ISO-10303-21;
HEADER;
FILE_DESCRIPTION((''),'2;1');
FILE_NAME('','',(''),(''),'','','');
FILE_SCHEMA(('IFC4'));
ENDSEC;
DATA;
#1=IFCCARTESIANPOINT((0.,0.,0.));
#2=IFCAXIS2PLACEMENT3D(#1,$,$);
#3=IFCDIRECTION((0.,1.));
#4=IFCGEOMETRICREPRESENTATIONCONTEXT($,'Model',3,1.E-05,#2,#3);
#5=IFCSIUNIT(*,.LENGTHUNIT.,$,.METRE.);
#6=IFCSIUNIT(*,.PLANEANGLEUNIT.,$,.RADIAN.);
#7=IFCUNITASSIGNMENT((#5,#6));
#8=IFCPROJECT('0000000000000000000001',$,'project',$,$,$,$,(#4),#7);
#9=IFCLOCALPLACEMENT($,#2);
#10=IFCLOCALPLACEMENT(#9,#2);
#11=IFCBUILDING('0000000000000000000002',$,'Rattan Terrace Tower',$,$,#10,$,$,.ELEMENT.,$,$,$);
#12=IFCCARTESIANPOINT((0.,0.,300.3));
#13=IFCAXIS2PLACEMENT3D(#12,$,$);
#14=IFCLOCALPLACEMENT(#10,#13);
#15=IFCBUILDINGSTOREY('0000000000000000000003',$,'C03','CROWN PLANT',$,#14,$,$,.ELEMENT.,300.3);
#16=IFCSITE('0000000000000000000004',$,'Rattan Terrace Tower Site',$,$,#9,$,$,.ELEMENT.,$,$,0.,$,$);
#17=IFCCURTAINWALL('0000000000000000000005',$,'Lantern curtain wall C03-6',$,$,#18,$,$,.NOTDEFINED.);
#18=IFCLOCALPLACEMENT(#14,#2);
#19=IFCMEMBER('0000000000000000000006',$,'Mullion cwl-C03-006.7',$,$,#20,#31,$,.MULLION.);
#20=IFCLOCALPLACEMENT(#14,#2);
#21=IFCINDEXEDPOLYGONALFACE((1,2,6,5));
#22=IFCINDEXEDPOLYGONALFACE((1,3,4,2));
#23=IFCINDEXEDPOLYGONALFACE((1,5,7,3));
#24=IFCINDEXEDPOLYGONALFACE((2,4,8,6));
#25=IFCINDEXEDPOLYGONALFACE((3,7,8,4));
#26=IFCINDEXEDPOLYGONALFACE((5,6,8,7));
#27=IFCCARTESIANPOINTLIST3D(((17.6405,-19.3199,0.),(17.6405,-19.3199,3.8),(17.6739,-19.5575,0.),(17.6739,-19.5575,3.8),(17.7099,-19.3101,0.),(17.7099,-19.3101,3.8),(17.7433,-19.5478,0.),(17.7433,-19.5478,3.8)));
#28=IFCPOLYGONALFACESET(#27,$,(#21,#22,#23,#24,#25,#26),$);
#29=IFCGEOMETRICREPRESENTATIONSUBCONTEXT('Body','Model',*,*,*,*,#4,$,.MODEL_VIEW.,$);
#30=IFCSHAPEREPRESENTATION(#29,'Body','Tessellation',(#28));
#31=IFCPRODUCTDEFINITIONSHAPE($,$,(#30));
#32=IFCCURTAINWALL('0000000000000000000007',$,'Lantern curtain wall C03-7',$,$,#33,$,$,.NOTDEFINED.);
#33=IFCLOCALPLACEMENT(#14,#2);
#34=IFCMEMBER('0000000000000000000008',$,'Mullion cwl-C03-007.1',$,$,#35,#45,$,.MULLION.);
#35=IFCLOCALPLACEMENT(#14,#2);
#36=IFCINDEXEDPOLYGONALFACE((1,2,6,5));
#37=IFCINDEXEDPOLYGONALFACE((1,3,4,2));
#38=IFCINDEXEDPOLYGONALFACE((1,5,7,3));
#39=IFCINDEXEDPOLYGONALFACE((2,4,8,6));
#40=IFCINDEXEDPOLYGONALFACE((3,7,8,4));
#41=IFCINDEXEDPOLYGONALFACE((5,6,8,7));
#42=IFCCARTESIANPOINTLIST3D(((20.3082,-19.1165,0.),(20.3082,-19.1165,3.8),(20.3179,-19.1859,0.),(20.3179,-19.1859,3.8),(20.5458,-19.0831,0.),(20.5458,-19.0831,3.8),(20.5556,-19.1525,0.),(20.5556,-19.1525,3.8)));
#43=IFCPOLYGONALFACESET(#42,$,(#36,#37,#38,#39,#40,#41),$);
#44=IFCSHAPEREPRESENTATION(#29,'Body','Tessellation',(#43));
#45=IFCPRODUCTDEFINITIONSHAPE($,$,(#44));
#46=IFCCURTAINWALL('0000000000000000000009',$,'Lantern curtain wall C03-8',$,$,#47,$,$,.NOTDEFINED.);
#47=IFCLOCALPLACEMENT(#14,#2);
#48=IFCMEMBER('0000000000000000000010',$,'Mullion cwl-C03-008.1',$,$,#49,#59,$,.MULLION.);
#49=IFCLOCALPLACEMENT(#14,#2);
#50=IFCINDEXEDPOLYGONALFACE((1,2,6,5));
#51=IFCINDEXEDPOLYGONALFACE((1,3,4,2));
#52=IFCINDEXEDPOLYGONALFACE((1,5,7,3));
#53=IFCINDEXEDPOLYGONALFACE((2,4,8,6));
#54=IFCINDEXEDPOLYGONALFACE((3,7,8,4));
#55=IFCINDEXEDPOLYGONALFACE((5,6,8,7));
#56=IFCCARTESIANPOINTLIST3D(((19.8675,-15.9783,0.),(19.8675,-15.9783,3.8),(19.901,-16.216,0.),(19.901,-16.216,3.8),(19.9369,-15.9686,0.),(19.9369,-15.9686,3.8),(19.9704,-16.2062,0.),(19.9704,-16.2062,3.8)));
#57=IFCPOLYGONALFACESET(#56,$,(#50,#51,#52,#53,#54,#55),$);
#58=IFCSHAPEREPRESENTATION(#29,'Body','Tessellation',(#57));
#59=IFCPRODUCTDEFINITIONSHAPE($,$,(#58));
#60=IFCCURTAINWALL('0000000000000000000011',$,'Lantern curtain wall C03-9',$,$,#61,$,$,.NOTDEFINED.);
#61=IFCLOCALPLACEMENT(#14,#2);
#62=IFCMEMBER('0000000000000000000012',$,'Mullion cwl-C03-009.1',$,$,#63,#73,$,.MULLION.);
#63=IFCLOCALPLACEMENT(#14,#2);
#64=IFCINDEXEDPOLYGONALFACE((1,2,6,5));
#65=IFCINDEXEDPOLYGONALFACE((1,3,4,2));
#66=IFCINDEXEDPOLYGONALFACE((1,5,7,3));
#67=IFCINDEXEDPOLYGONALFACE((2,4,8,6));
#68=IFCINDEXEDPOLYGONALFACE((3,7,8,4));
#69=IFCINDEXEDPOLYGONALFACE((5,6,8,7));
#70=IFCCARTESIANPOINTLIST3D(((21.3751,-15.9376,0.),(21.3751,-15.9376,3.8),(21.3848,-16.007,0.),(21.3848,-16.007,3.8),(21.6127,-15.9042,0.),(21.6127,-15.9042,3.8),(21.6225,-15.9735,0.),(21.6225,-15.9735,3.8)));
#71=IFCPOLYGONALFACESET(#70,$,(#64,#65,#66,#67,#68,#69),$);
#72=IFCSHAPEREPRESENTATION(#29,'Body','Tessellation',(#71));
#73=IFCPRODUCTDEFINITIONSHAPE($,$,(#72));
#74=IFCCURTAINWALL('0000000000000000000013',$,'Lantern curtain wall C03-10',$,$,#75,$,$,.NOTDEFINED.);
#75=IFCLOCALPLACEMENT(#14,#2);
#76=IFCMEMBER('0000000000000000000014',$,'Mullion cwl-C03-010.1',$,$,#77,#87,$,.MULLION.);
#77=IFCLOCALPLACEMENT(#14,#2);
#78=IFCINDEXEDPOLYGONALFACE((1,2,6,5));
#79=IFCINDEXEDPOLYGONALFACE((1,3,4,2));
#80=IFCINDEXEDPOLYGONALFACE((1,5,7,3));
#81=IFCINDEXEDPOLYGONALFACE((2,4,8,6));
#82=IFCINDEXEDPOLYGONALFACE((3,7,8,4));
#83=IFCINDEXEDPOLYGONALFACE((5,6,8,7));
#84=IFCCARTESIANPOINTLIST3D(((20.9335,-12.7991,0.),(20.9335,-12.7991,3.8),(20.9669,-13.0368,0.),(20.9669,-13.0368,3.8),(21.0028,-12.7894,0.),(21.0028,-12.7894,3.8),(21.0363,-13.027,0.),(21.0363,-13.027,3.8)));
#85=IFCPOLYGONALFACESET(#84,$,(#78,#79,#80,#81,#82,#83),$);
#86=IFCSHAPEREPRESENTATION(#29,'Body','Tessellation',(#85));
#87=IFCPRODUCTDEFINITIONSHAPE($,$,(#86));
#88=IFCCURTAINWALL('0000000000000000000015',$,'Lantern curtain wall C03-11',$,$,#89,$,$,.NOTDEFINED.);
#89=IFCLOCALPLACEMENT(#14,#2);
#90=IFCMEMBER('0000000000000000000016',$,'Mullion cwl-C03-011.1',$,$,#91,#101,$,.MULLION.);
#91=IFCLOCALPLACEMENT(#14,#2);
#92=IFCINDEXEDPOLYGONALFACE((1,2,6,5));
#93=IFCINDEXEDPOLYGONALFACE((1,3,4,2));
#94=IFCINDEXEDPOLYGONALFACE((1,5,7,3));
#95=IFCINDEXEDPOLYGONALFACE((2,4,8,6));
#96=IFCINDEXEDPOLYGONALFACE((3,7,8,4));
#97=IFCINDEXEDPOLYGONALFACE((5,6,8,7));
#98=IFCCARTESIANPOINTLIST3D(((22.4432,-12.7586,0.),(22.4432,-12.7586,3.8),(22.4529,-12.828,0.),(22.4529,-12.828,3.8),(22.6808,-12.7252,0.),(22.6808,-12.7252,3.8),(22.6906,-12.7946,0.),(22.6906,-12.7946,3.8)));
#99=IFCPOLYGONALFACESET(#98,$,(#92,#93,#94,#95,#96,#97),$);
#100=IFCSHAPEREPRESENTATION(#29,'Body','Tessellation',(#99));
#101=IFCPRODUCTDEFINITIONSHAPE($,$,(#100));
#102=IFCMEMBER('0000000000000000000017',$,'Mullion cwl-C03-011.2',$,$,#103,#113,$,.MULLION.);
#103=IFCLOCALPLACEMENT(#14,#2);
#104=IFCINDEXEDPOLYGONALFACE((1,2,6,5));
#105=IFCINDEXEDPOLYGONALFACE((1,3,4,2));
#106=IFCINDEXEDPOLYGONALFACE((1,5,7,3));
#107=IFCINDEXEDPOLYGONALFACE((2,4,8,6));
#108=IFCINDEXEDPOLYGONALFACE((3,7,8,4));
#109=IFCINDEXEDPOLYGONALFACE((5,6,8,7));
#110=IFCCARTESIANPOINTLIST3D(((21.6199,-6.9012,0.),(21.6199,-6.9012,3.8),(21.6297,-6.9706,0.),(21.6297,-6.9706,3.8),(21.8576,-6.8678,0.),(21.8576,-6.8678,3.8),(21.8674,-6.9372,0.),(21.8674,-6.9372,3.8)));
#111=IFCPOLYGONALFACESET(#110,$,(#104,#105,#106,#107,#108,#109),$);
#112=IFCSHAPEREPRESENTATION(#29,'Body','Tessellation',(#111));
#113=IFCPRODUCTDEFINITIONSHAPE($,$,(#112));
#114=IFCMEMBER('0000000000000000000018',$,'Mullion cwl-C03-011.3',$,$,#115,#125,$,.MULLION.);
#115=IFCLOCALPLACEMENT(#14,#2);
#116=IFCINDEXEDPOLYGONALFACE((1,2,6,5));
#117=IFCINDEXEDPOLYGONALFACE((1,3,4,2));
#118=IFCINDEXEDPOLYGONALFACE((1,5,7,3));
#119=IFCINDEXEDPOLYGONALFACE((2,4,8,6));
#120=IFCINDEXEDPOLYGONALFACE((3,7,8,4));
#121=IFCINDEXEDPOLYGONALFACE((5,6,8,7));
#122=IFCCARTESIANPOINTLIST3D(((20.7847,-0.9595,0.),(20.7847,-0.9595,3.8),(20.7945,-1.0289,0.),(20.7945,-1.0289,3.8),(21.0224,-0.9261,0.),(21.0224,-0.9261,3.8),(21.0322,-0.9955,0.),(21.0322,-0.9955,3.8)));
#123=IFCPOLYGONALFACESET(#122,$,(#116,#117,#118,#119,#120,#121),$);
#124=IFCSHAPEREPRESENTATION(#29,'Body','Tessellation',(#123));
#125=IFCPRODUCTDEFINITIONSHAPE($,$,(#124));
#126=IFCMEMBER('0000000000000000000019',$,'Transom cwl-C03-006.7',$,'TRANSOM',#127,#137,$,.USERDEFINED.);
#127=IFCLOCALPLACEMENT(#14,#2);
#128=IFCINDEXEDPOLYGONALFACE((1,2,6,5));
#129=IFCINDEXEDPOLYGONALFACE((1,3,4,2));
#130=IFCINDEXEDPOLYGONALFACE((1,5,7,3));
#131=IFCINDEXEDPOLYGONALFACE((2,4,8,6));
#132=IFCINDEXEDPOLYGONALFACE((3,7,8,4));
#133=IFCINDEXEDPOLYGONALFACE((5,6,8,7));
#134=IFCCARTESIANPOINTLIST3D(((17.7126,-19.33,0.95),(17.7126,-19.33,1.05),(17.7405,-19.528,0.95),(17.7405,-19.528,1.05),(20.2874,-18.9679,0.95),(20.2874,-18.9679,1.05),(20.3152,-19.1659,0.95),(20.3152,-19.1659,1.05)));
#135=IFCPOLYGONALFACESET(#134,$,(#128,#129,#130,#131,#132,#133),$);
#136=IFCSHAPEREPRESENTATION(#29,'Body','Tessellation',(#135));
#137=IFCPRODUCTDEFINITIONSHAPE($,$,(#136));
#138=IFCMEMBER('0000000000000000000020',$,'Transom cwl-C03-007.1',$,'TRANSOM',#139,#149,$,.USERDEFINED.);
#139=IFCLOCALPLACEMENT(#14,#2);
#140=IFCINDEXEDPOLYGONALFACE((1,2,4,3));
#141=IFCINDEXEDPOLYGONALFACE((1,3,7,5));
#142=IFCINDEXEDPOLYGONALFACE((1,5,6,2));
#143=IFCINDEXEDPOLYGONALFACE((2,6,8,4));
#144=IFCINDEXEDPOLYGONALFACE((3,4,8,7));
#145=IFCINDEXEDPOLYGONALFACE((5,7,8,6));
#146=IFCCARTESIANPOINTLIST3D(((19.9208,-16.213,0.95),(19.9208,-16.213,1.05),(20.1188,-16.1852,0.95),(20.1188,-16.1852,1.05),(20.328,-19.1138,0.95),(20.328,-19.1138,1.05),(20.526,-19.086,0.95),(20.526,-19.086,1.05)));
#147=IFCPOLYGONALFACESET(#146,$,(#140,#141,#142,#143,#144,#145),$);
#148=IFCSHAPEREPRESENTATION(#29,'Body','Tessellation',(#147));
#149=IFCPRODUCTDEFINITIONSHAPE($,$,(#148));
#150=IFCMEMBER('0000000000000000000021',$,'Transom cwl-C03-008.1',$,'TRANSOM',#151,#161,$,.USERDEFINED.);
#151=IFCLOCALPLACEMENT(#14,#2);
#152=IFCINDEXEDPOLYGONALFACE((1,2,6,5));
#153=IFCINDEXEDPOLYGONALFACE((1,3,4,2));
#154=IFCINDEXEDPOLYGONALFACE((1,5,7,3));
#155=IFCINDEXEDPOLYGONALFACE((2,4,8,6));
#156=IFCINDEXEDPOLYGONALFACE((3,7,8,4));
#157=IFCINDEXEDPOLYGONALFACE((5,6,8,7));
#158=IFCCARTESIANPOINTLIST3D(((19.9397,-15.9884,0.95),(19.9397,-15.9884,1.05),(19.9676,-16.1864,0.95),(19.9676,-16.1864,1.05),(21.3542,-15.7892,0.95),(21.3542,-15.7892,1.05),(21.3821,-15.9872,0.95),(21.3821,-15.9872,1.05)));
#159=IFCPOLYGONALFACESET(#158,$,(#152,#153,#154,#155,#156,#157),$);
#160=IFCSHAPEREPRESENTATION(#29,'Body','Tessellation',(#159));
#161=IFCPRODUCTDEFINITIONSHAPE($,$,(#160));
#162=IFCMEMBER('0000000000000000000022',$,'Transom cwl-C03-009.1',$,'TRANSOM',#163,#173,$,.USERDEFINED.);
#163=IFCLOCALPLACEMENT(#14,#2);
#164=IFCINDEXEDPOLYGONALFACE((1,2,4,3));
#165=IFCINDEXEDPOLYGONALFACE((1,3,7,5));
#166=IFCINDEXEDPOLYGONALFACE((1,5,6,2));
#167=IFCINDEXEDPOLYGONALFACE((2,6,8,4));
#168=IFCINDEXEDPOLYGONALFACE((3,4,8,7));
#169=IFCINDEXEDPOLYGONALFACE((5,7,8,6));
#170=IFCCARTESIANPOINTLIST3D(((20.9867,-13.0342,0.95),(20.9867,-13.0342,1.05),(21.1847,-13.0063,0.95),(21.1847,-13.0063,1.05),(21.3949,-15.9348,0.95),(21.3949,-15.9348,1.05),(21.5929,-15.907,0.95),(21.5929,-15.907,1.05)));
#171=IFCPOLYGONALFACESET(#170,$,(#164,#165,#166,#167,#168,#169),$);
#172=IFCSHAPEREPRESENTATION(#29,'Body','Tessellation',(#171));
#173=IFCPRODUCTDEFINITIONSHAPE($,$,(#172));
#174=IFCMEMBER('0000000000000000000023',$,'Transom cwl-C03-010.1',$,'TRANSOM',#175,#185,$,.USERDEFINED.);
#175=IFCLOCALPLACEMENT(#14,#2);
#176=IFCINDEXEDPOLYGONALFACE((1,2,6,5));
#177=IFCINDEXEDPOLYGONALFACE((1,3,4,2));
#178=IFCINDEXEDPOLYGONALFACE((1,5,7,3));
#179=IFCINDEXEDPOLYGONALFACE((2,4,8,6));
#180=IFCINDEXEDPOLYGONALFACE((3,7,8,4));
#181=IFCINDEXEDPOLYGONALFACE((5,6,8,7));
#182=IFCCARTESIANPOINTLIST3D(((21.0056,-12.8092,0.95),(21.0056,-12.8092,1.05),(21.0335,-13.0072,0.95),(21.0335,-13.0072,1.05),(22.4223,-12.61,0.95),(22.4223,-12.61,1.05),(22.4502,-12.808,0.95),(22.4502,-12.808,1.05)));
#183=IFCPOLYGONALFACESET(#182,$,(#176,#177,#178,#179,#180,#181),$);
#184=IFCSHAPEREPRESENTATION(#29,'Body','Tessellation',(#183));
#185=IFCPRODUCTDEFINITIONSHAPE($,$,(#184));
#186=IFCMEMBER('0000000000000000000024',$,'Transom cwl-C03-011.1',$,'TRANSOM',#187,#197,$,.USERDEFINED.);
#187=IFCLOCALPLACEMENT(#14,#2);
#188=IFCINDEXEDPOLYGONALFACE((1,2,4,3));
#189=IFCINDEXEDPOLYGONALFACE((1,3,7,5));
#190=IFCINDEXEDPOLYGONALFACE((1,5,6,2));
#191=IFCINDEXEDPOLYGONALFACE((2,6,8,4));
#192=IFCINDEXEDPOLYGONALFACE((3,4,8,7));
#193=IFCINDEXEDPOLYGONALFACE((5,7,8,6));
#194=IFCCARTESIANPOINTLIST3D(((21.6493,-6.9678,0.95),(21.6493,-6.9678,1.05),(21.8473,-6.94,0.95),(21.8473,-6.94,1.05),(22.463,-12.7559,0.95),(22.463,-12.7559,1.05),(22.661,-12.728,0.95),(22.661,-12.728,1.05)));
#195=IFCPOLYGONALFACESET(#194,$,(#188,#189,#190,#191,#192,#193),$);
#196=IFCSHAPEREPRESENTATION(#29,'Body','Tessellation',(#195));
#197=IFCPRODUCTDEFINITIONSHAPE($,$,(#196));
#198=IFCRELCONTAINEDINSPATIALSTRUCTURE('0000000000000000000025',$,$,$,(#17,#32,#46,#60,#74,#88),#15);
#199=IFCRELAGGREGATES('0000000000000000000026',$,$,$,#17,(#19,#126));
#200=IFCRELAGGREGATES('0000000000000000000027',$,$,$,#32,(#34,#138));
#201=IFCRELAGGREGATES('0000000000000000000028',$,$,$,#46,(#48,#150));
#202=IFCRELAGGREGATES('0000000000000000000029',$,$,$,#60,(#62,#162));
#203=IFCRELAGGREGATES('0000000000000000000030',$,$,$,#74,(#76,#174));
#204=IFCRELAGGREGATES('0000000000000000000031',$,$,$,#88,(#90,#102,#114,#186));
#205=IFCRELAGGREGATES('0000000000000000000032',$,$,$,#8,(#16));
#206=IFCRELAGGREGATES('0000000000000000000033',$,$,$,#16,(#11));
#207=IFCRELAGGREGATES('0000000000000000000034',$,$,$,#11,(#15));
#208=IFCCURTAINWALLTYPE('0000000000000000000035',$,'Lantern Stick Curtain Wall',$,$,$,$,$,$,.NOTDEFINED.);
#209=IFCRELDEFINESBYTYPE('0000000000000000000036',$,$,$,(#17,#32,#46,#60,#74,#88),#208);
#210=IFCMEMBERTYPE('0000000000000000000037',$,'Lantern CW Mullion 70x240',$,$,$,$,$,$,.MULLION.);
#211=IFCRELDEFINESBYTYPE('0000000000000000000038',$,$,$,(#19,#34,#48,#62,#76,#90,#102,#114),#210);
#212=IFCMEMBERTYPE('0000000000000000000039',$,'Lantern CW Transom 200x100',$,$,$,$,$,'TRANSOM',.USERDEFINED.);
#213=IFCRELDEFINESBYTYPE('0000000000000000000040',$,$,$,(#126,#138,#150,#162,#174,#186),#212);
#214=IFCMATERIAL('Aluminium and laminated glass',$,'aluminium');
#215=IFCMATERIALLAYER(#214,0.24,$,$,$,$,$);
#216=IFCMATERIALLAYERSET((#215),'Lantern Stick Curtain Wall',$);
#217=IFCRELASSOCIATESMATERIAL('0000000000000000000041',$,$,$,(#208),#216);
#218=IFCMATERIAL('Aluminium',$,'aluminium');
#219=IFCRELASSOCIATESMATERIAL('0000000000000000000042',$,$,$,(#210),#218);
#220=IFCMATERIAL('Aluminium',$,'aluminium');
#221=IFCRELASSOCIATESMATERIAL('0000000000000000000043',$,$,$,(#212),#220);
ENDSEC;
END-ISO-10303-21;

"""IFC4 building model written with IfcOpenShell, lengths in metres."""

from ifc_helpers import new_model, si_unit, direction, frame, origin, origin_2d, place, context, subcontext, project, spatial, rectangle, extrude, material, layer, layer_set, material_profile, profile_set, type_object, element, aggregate, save


model = new_model("IFC4")

# Units and contexts
model_context = context("Model", 3, precision=1e-05, world=origin(), true_north=direction((0.0, 1.0)))
body_context = subcontext(model_context, "Body", "Model", "MODEL_VIEW")
ifc_project = project(units=[si_unit("LENGTHUNIT", "METRE"), si_unit("PLANEANGLEUNIT", "RADIAN")], contexts=[model_context])

# Site, building, storey
site_placement = place(None, origin())
site = spatial("IfcSite", under=ifc_project, at=site_placement, Name="Rattan Terrace Tower Site", CompositionType="ELEMENT", RefElevation=0.0)
building_placement = place(site_placement, origin())
building = spatial("IfcBuilding", under=site, at=building_placement, Name="Rattan Terrace Tower", CompositionType="ELEMENT")
storey_placement = place(building_placement, frame((0.0, 0.0, 300.3)))
storey = spatial("IfcBuildingStorey", under=building, at=storey_placement, Name="C03", Description="CROWN PLANT", CompositionType="ELEMENT", Elevation=300.3)

# Curtain walls, members
ifc_material_1 = material(Name="Aluminium and laminated glass", Category="aluminium")
ifc_layer_1 = layer(ifc_material_1, 0.24)
ifc_layer_set_1 = layer_set([ifc_layer_1], Name="Lantern Stick Curtain Wall")
curtain_wall_type = type_object("IfcCurtainWallType", Name="Lantern Stick Curtain Wall", PredefinedType="NOTDEFINED", material=ifc_layer_set_1)
curtain_wall_1_placement = place(storey_placement, origin())
curtain_wall_1 = element("IfcCurtainWall", 1, at=curtain_wall_1_placement, inside=storey, type_object=curtain_wall_type, Name="Lantern curtain wall C03-6", PredefinedType="NOTDEFINED")
ifc_material_2 = material(Name="Aluminium", Category="aluminium")
ifc_material_profile_1 = material_profile(ifc_material_2, rectangle(XDim=0.0701, YDim=0.24, at=origin_2d()), Name="Aluminium 70x240")
ifc_profile_set_1 = profile_set([ifc_material_profile_1], Name="Aluminium")
member_type_1 = type_object("IfcMemberType", Name="Lantern CW Mullion 70x240", PredefinedType="MULLION", material=ifc_profile_set_1)
member_1_placement = place(storey_placement, frame((17.6919, -19.4338, 0.0), z_axis=(0.0, 0.0, 1.0), x_axis=(0.990267, 0.139181, 0.0)))
member_1 = element("IfcMember", 2, at=member_1_placement, type_object=member_type_1, Name="Mullion cwl-C03-006.7", PredefinedType="MULLION", context=body_context, shape_type="SweptSolid", body=[
    extrude(rectangle(XDim=0.0701, YDim=0.24, at=origin_2d()), origin(), (0.0, 0.0, 1.0), 3.8),
])
curtain_wall_2_placement = place(storey_placement, origin())
curtain_wall_2 = element("IfcCurtainWall", 3, at=curtain_wall_2_placement, inside=storey, type_object=curtain_wall_type, Name="Lantern curtain wall C03-7", PredefinedType="NOTDEFINED")
member_2_placement = place(storey_placement, frame((20.4319, -19.1345, 0.0), z_axis=(0.0, 0.0, 1.0), x_axis=(-0.13904, 0.990287, 0.0)))
member_2 = element("IfcMember", 4, at=member_2_placement, type_object=member_type_1, Name="Mullion cwl-C03-007.1", PredefinedType="MULLION", context=body_context, shape_type="SweptSolid", body=[
    extrude(rectangle(XDim=0.0701, YDim=0.24, at=origin_2d()), origin(), (0.0, 0.0, 1.0), 3.8),
])
curtain_wall_3_placement = place(storey_placement, origin())
curtain_wall_3 = element("IfcCurtainWall", 5, at=curtain_wall_3_placement, inside=storey, type_object=curtain_wall_type, Name="Lantern curtain wall C03-8", PredefinedType="NOTDEFINED")
member_3_placement = place(storey_placement, frame((19.9189, -16.0923, 0.0), z_axis=(0.0, 0.0, 1.0), x_axis=(0.990228, 0.139459, 0.0)))
member_3 = element("IfcMember", 6, at=member_3_placement, type_object=member_type_1, Name="Mullion cwl-C03-008.1", PredefinedType="MULLION", context=body_context, shape_type="SweptSolid", body=[
    extrude(rectangle(XDim=0.0701, YDim=0.24, at=origin_2d()), origin(), (0.0, 0.0, 1.0), 3.8),
])
curtain_wall_4_placement = place(storey_placement, origin())
curtain_wall_4 = element("IfcCurtainWall", 7, at=curtain_wall_4_placement, inside=storey, type_object=curtain_wall_type, Name="Lantern curtain wall C03-9", PredefinedType="NOTDEFINED")
member_4_placement = place(storey_placement, frame((21.4988, -15.9556, 0.0), z_axis=(0.0, 0.0, 1.0), x_axis=(-0.139367, 0.990241, 0.0)))
member_4 = element("IfcMember", 8, at=member_4_placement, type_object=member_type_1, Name="Mullion cwl-C03-009.1", PredefinedType="MULLION", context=body_context, shape_type="SweptSolid", body=[
    extrude(rectangle(XDim=0.0701, YDim=0.24, at=origin_2d()), origin(), (0.0, 0.0, 1.0), 3.8),
])
curtain_wall_5_placement = place(storey_placement, origin())
curtain_wall_5 = element("IfcCurtainWall", 9, at=curtain_wall_5_placement, inside=storey, type_object=curtain_wall_type, Name="Lantern curtain wall C03-10", PredefinedType="NOTDEFINED")
member_5_placement = place(storey_placement, frame((20.9849, -12.9131, 0.0), z_axis=(0.0, 0.0, 1.0), x_axis=(0.990254, 0.139275, 0.0)))
member_5 = element("IfcMember", 10, at=member_5_placement, type_object=member_type_1, Name="Mullion cwl-C03-010.1", PredefinedType="MULLION", context=body_context, shape_type="SweptSolid", body=[
    extrude(rectangle(XDim=0.0701, YDim=0.24, at=origin_2d()), origin(), (0.0, 0.0, 1.0), 3.8),
])

# Curtain wall, members
curtain_wall_6_placement = place(storey_placement, origin())
curtain_wall_6 = element("IfcCurtainWall", 11, at=curtain_wall_6_placement, inside=storey, type_object=curtain_wall_type, Name="Lantern curtain wall C03-11", PredefinedType="NOTDEFINED")
member_6_placement = place(storey_placement, frame((22.5669, -12.7766, 0.0), z_axis=(0.0, 0.0, 1.0), x_axis=(-0.139188, 0.990266, 0.0)))
member_6 = element("IfcMember", 12, at=member_6_placement, type_object=member_type_1, Name="Mullion cwl-C03-011.1", PredefinedType="MULLION", context=body_context, shape_type="SweptSolid", body=[
    extrude(rectangle(XDim=0.0701, YDim=0.24, at=origin_2d()), origin(), (0.0, 0.0, 1.0), 3.8),
])
member_7_placement = place(storey_placement, frame((21.7437, -6.9192, 0.0), z_axis=(0.0, 0.0, 1.0), x_axis=(-0.139188, 0.990266, 0.0)))
member_7 = element("IfcMember", 13, at=member_7_placement, type_object=member_type_1, Name="Mullion cwl-C03-011.2", PredefinedType="MULLION", context=body_context, shape_type="SweptSolid", body=[
    extrude(rectangle(XDim=0.0701, YDim=0.24, at=origin_2d()), origin(), (0.0, 0.0, 1.0), 3.8),
])
member_8_placement = place(storey_placement, frame((20.9084, -0.9775, 0.0), z_axis=(0.0, 0.0, 1.0), x_axis=(-0.139188, 0.990266, 0.0)))
member_8 = element("IfcMember", 14, at=member_8_placement, type_object=member_type_1, Name="Mullion cwl-C03-011.3", PredefinedType="MULLION", context=body_context, shape_type="SweptSolid", body=[
    extrude(rectangle(XDim=0.0701, YDim=0.24, at=origin_2d()), origin(), (0.0, 0.0, 1.0), 3.8),
])

# Members
ifc_material_3 = material(Name="Aluminium", Category="aluminium")
ifc_material_profile_2 = material_profile(ifc_material_3, rectangle(XDim=0.2, YDim=0.1001, at=origin_2d()), Name="Aluminium 200x100")
ifc_profile_set_2 = profile_set([ifc_material_profile_2], Name="Aluminium")
member_type_2 = type_object("IfcMemberType", Name="Lantern CW Transom 200x100", ElementType="TRANSOM", PredefinedType="USERDEFINED", material=ifc_profile_set_2)
member_9_placement = place(storey_placement, frame((17.7266, -19.429, 1.0), z_axis=(0.990257, 0.139252, 0.0), x_axis=(-0.139252, 0.990257, 0.0)))
member_9 = element("IfcMember", 15, at=member_9_placement, type_object=member_type_2, Name="Transom cwl-C03-006.7", ObjectType="TRANSOM", PredefinedType="USERDEFINED", context=body_context, shape_type="SweptSolid", body=[
    extrude(rectangle(XDim=0.2, YDim=0.1001, at=origin_2d()), origin(), (0.0, 0.0, 1.0), 2.6001),
])
member_10_placement = place(storey_placement, frame((20.427, -19.0999, 1.0), z_axis=(-0.139029, 0.990288, 0.0), x_axis=(-0.990288, -0.139029, 0.0)))
member_10 = element("IfcMember", 16, at=member_10_placement, type_object=member_type_2, Name="Transom cwl-C03-007.1", ObjectType="TRANSOM", PredefinedType="USERDEFINED", context=body_context, shape_type="SweptSolid", body=[
    extrude(rectangle(XDim=0.2, YDim=0.1001, at=origin_2d()), origin(), (0.0, 0.0, 1.0), 2.9292),
])
member_11_placement = place(storey_placement, frame((19.9536, -16.0874, 1.0), z_axis=(0.990228, 0.139459, 0.0), x_axis=(-0.139459, 0.990228, 0.0)))
member_11 = element("IfcMember", 17, at=member_11_placement, type_object=member_type_2, Name="Transom cwl-C03-008.1", ObjectType="TRANSOM", PredefinedType="USERDEFINED", context=body_context, shape_type="SweptSolid", body=[
    extrude(rectangle(XDim=0.2, YDim=0.1001, at=origin_2d()), origin(), (0.0, 0.0, 1.0), 1.4285),
])
member_12_placement = place(storey_placement, frame((21.4939, -15.9209, 1.0), z_axis=(-0.139356, 0.990242, 0.0), x_axis=(-0.990242, -0.139356, 0.0)))
member_12 = element("IfcMember", 18, at=member_12_placement, type_object=member_type_2, Name="Transom cwl-C03-009.1", ObjectType="TRANSOM", PredefinedType="USERDEFINED", context=body_context, shape_type="SweptSolid", body=[
    extrude(rectangle(XDim=0.2, YDim=0.1001, at=origin_2d()), origin(), (0.0, 0.0, 1.0), 2.9292),
])
member_13_placement = place(storey_placement, frame((21.0195, -12.9082, 1.0), z_axis=(0.990258, 0.139247, 0.0), x_axis=(-0.139247, 0.990258, 0.0)))
member_13 = element("IfcMember", 19, at=member_13_placement, type_object=member_type_2, Name="Transom cwl-C03-010.1", ObjectType="TRANSOM", PredefinedType="USERDEFINED", context=body_context, shape_type="SweptSolid", body=[
    extrude(rectangle(XDim=0.2, YDim=0.1001, at=origin_2d()), origin(), (0.0, 0.0, 1.0), 1.4307),
])
member_14_placement = place(storey_placement, frame((22.562, -12.7419, 1.0), z_axis=(-0.139216, 0.990262, 0.0), x_axis=(-0.990262, -0.139216, 0.0)))
member_14 = element("IfcMember", 20, at=member_14_placement, type_object=member_type_2, Name="Transom cwl-C03-011.1", ObjectType="TRANSOM", PredefinedType="USERDEFINED", context=body_context, shape_type="SweptSolid", body=[
    extrude(rectangle(XDim=0.2, YDim=0.1001, at=origin_2d()), origin(), (0.0, 0.0, 1.0), 5.845),
])

aggregate(curtain_wall_1, [member_1, member_9])
aggregate(curtain_wall_2, [member_2, member_10])
aggregate(curtain_wall_3, [member_3, member_11])
aggregate(curtain_wall_4, [member_4, member_12])
aggregate(curtain_wall_5, [member_5, member_13])
aggregate(curtain_wall_6, [member_6, member_7, member_8, member_14])

save(model, "model.ifc")
